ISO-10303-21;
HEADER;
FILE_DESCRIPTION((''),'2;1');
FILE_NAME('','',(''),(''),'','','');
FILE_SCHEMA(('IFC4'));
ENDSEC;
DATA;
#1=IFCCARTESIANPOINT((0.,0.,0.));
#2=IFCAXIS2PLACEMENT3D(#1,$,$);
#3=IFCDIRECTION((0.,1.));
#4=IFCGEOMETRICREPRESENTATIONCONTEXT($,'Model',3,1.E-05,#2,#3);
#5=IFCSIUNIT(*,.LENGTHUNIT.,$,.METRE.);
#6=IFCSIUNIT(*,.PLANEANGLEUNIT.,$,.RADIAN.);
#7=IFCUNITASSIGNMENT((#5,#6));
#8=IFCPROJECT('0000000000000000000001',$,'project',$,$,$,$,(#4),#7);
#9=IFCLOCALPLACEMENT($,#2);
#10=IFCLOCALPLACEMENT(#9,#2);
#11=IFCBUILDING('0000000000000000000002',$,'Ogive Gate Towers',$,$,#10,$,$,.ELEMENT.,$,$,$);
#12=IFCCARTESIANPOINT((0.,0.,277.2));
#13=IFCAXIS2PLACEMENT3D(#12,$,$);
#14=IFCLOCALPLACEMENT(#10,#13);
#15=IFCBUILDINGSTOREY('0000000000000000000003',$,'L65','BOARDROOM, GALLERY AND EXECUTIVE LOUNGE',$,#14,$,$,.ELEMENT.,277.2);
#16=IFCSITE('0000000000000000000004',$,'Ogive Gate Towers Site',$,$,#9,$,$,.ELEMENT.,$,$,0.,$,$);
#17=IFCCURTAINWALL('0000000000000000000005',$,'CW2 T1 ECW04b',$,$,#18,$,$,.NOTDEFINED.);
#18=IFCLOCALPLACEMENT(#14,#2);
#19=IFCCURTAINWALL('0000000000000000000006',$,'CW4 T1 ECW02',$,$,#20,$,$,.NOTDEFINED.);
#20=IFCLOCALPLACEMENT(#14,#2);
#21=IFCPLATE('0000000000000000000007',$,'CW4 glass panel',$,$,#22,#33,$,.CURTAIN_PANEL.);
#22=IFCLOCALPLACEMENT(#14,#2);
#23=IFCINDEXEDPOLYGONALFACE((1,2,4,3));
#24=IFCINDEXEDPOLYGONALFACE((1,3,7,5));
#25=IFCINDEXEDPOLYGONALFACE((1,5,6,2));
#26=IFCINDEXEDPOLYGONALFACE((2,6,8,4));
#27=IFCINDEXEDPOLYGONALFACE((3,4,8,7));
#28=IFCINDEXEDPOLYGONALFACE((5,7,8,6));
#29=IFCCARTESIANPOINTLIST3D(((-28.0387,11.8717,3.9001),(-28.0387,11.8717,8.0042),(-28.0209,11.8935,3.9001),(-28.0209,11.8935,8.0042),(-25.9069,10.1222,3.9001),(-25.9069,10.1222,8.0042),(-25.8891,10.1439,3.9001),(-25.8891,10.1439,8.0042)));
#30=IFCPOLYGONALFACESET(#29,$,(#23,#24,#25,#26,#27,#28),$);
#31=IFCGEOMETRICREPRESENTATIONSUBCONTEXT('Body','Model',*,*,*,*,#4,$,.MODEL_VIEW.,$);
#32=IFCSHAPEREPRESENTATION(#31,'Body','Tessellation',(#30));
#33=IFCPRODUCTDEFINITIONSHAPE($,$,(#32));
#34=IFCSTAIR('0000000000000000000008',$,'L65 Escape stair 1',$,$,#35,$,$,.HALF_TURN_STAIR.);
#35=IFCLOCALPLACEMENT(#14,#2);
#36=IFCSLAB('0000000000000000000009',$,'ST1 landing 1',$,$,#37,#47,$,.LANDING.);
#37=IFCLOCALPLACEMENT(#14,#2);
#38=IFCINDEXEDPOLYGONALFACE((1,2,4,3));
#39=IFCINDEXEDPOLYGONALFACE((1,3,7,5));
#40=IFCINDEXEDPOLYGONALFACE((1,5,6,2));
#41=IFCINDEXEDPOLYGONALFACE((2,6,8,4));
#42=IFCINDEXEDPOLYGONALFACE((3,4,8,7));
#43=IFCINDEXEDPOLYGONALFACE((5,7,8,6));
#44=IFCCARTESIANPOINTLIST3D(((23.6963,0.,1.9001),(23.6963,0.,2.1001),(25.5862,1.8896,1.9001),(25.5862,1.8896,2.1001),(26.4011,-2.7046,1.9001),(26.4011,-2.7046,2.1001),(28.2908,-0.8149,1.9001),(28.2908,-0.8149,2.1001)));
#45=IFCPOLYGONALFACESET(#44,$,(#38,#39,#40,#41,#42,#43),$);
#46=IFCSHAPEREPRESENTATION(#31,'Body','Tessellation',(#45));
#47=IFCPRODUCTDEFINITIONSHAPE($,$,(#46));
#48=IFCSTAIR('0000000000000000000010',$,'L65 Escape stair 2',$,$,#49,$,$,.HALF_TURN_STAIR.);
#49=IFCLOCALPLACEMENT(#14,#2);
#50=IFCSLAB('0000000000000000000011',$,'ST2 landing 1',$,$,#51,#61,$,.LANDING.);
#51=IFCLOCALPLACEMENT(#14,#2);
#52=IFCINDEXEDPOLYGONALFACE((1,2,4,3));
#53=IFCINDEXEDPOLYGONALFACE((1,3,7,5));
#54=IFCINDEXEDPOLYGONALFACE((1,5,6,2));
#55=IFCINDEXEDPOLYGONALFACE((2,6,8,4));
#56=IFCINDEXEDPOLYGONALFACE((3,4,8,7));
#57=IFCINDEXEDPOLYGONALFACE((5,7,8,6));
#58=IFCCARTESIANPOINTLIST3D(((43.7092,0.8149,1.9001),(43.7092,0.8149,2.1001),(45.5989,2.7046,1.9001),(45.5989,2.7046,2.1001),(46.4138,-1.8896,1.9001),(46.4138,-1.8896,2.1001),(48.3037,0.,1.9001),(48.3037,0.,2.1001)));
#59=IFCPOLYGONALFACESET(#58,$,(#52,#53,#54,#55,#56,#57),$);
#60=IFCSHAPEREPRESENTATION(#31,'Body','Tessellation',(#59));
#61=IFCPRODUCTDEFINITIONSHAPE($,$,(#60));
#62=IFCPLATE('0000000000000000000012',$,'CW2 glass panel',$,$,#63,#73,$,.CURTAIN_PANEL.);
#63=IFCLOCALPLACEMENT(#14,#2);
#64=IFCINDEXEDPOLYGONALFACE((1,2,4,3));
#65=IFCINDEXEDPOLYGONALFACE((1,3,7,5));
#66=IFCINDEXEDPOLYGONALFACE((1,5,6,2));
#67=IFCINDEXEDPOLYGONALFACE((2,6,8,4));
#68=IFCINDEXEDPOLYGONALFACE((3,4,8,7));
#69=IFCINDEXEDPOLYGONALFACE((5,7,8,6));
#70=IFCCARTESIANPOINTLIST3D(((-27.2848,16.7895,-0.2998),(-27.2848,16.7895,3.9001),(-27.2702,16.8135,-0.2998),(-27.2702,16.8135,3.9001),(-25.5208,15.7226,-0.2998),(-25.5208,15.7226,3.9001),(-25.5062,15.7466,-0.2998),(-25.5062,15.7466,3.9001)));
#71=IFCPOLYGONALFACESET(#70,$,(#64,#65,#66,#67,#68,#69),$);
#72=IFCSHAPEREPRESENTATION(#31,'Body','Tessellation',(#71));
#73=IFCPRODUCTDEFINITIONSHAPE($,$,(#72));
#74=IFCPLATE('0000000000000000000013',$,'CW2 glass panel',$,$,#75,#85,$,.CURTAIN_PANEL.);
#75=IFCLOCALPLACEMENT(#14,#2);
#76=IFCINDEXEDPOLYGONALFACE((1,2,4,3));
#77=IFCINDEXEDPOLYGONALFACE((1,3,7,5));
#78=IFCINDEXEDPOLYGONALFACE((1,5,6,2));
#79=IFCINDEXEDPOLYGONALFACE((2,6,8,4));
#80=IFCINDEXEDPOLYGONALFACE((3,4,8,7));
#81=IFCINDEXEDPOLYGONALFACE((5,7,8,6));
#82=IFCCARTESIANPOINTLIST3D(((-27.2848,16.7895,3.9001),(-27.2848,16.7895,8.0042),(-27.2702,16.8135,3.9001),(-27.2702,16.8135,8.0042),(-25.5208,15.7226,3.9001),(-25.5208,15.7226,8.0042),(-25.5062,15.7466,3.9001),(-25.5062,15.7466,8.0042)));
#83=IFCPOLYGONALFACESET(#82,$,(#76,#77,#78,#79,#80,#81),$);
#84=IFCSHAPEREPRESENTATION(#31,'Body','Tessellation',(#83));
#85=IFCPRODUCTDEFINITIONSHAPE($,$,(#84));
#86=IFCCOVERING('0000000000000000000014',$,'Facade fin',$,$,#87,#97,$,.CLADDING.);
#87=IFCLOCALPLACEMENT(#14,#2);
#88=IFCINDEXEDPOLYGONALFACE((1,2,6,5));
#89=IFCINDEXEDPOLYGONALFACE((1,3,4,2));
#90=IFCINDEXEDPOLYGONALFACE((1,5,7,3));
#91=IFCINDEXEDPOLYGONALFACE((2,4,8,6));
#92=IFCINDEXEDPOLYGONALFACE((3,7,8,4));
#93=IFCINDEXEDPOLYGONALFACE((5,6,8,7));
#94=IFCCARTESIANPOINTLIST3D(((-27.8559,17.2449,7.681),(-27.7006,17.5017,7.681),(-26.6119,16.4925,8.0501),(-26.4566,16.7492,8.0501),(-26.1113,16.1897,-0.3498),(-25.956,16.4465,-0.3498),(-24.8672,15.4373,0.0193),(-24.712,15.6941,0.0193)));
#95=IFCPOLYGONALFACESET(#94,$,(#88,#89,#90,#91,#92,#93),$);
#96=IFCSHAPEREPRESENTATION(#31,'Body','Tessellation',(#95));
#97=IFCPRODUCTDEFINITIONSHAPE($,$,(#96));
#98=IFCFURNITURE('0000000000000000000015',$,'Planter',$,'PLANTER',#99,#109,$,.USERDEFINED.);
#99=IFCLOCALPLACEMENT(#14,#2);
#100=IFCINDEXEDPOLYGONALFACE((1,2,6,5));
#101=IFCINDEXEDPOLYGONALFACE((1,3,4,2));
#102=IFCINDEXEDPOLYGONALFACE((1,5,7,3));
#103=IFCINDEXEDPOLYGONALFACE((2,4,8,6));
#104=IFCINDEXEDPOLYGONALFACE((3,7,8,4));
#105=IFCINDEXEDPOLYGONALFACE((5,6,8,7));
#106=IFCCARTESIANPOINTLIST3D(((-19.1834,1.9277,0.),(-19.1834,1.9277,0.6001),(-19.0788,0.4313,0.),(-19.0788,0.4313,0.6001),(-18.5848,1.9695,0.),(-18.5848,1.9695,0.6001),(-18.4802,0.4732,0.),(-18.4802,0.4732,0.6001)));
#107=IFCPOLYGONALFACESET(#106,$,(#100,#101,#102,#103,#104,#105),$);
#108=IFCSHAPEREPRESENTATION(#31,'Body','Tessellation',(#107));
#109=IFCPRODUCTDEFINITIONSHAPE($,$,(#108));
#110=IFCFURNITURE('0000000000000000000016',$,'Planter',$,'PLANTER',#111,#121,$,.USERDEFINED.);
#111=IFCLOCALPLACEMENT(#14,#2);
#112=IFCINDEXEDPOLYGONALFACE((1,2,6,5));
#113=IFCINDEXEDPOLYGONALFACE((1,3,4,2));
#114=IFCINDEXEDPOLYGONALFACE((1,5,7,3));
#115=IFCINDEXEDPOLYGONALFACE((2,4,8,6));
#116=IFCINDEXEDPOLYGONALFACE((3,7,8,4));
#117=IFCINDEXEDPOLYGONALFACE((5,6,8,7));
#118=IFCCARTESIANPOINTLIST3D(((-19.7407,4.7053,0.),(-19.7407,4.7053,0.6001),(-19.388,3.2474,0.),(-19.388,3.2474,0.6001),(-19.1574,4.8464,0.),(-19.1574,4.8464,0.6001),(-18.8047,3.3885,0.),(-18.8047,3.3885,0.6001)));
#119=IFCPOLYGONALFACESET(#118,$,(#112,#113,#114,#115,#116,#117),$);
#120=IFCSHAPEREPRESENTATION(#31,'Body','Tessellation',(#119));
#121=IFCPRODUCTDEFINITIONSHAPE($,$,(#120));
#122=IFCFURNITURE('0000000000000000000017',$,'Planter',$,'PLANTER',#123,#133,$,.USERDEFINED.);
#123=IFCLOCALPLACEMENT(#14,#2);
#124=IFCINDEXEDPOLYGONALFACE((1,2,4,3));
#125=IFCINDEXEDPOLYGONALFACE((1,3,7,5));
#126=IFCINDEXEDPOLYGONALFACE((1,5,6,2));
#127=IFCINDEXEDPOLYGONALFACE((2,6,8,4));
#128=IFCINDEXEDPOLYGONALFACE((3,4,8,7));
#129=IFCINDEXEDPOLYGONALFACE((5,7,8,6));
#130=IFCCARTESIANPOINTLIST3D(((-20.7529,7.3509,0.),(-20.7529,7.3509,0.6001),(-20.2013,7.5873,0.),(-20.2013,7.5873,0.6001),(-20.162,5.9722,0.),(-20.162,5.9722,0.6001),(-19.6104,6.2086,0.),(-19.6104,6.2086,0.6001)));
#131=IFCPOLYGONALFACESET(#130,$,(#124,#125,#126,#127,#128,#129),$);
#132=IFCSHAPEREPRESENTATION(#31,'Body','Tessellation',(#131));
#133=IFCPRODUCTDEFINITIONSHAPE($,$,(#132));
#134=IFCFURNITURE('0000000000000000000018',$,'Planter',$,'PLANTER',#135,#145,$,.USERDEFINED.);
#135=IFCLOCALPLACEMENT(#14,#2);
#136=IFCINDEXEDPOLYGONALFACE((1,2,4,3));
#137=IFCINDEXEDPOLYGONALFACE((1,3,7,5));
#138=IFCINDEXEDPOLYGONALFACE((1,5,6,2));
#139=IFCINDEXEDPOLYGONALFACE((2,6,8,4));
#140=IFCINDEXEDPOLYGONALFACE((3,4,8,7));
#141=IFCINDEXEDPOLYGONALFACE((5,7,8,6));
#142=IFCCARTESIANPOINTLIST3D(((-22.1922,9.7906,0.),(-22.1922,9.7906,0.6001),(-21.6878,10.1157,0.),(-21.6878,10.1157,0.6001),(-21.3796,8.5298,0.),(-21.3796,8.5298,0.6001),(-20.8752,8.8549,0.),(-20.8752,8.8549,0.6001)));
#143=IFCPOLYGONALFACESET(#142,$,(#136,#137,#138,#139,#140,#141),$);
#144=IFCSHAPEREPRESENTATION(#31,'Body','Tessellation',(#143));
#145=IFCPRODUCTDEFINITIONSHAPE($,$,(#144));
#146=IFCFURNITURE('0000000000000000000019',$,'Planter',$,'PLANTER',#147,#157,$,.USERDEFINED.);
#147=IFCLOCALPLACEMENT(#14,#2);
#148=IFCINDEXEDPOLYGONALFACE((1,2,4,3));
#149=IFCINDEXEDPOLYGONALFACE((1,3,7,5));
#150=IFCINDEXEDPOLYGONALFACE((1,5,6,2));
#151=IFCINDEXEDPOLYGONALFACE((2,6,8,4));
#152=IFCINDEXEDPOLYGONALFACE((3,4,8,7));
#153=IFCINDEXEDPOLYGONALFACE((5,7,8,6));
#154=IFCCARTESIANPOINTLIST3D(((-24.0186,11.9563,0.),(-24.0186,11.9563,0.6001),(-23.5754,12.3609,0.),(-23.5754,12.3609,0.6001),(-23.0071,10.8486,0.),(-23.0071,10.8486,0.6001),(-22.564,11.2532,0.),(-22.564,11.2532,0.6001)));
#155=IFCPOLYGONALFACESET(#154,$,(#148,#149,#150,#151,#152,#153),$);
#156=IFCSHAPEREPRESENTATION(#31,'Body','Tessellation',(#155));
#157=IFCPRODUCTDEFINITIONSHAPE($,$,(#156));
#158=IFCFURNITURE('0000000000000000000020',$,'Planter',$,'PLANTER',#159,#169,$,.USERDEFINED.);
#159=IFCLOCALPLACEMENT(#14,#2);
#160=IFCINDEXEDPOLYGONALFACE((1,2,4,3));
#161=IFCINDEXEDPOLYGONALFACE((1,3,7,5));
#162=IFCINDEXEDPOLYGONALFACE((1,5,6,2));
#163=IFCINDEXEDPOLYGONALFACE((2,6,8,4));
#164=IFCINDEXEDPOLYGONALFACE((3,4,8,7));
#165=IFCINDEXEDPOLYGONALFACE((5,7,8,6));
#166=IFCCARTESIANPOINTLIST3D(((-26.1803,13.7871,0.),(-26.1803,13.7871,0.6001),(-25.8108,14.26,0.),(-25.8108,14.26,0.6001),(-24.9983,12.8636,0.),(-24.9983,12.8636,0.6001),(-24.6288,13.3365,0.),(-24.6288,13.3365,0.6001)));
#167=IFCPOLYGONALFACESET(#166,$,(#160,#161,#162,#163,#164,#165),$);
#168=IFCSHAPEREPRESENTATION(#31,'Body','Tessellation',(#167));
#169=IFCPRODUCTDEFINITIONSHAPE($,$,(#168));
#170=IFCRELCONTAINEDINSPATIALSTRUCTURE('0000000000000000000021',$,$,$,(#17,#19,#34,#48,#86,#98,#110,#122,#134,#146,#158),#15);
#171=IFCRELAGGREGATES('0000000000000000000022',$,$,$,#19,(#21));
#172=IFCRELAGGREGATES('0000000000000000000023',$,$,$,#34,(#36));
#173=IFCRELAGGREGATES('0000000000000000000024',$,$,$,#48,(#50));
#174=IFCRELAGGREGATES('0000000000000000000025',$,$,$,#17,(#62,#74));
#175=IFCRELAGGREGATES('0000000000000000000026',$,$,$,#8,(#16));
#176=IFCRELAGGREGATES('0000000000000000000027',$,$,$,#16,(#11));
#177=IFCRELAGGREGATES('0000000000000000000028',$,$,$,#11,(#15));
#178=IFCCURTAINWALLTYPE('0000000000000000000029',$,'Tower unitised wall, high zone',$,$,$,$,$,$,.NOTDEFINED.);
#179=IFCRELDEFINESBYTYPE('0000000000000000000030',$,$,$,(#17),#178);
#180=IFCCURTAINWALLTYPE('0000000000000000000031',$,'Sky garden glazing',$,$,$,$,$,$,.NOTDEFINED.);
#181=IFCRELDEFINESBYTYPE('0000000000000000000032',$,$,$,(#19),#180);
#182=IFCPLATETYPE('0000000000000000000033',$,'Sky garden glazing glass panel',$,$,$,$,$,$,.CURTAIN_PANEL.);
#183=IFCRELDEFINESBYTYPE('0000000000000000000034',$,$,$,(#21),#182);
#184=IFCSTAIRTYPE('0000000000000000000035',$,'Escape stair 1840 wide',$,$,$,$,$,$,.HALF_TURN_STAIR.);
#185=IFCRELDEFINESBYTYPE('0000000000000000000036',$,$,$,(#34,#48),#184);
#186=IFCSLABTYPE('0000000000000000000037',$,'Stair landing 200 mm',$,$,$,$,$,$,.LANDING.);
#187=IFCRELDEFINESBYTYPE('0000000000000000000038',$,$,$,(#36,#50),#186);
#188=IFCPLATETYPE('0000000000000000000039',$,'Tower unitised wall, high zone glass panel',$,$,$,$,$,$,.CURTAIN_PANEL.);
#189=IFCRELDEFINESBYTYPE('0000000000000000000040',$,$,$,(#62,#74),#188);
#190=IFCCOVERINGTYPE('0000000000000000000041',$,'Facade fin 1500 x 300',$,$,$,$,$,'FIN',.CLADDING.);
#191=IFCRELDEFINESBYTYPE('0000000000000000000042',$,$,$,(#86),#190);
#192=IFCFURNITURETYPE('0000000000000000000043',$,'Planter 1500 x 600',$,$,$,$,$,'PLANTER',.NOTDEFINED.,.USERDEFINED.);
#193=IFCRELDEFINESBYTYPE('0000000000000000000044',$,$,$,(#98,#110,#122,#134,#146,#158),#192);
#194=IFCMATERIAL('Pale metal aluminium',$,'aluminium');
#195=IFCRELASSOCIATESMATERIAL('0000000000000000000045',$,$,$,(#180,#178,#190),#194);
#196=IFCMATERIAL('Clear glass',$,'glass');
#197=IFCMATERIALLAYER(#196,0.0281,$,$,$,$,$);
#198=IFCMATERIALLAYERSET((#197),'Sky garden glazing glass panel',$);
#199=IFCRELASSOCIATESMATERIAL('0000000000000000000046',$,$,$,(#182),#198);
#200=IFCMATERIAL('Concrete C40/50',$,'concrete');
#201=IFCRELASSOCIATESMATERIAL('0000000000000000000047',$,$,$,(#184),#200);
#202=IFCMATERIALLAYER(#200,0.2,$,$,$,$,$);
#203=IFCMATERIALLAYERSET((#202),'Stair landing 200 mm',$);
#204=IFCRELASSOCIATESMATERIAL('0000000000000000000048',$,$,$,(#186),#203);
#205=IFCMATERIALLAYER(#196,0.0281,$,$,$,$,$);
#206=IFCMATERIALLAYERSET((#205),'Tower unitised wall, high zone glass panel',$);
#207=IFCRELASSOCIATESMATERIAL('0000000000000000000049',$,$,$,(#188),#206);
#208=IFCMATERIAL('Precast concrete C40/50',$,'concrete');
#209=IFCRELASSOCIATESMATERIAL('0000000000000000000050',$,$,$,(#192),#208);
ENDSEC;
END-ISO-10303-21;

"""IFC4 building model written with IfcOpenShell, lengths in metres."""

from ifc_helpers import new_model, si_unit, direction, frame, origin, origin_2d, place, context, subcontext, project, spatial, polyline, rectangle, outline, extrude, material, layer, layer_set, material_profile, profile_set, type_object, element, aggregate, save


model = new_model("IFC4")

# Units and contexts
model_context = context("Model", 3, precision=1e-05, world=origin(), true_north=direction((0.0, 1.0)))
body_context = subcontext(model_context, "Body", "Model", "MODEL_VIEW")
ifc_project = project(units=[si_unit("LENGTHUNIT", "METRE"), si_unit("PLANEANGLEUNIT", "RADIAN")], contexts=[model_context])

# Site, building, storey
site_placement = place(None, origin())
site = spatial("IfcSite", under=ifc_project, at=site_placement, Name="Ogive Gate Towers Site", CompositionType="ELEMENT", RefElevation=0.0)
building_placement = place(site_placement, origin())
building = spatial("IfcBuilding", under=site, at=building_placement, Name="Ogive Gate Towers", CompositionType="ELEMENT")
storey_placement = place(building_placement, frame((0.0, 0.0, 277.2)))
storey = spatial("IfcBuildingStorey", under=building, at=storey_placement, Name="L65", Description="BOARDROOM, GALLERY AND EXECUTIVE LOUNGE", CompositionType="ELEMENT", Elevation=277.2)

# Shared definitions
ifc_material_1 = material(Name="Pale metal aluminium", Category="aluminium")
curtain_wall_type_1 = type_object("IfcCurtainWallType", Name="Sky garden glazing", PredefinedType="NOTDEFINED", material=ifc_material_1)

# Shared definitions
curtain_wall_type_2 = type_object("IfcCurtainWallType", Name="Tower unitised wall, high zone", PredefinedType="NOTDEFINED", material=ifc_material_1)

# Curtain wall
curtain_wall_1_placement = place(storey_placement, origin())
curtain_wall_1 = element("IfcCurtainWall", 1, at=curtain_wall_1_placement, inside=storey, type_object=curtain_wall_type_2, Name="CW2 T1 ECW04b", PredefinedType="NOTDEFINED")

# Shared definitions
ifc_material_2 = material(Name="Clear glass", Category="glass")
ifc_layer_1 = layer(ifc_material_2, 0.0281)
ifc_layer_set_1 = layer_set([ifc_layer_1], Name="Sky garden glazing glass panel")
plate_type_1 = type_object("IfcPlateType", Name="Sky garden glazing glass panel", PredefinedType="CURTAIN_PANEL", material=ifc_layer_set_1)

# Curtain wall, plate
curtain_wall_2_placement = place(storey_placement, origin())
curtain_wall_2 = element("IfcCurtainWall", 2, at=curtain_wall_2_placement, inside=storey, type_object=curtain_wall_type_1, Name="CW4 T1 ECW02", PredefinedType="NOTDEFINED")
plate_1_placement = place(storey_placement, frame((-26.9639, 11.0078, 3.9001), z_axis=(0.0, 0.0, 1.0), x_axis=(0.772999, -0.634407, 0.0)))
plate_1 = element("IfcPlate", 3, at=plate_1_placement, type_object=plate_type_1, Name="CW4 glass panel", PredefinedType="CURTAIN_PANEL", context=body_context, shape_type="SweptSolid", body=[
    extrude(rectangle(XDim=2.7578, YDim=0.0281, at=origin_2d()), origin(), (0.0, 0.0, 1.0), 4.104),
])
aggregate(curtain_wall_2, [plate_1])

# Stairs, slabs
ifc_material_3 = material(Name="Concrete C40/50", Category="concrete")
stair_type = type_object("IfcStairType", Name="Escape stair 1840 wide", PredefinedType="HALF_TURN_STAIR", material=ifc_material_3)
stair_1_placement = place(storey_placement, origin())
stair_1 = element("IfcStair", 4, at=stair_1_placement, inside=storey, type_object=stair_type, Name="L65 Escape stair 1", PredefinedType="HALF_TURN_STAIR")
ifc_layer_2 = layer(ifc_material_3, 0.2)
ifc_layer_set_2 = layer_set([ifc_layer_2], Name="Stair landing 200 mm")
slab_type = type_object("IfcSlabType", Name="Stair landing 200 mm", PredefinedType="LANDING", material=ifc_layer_set_2)
slab_1_placement = place(storey_placement, frame((0.0, 0.0, 1.9001)))
slab_1 = element("IfcSlab", 5, at=slab_1_placement, type_object=slab_type, Name="ST1 landing 1", PredefinedType="LANDING", context=body_context, shape_type="SweptSolid", body=[
    extrude(outline(polyline([(25.5862, 1.8896), (23.6963, 0.0), (26.4011, -2.7046), (28.2908, -0.8149), (25.5862, 1.8896)])), origin(), (0.0, 0.0, 1.0), 0.2),
])
aggregate(stair_1, [slab_1])
stair_2_placement = place(storey_placement, origin())
stair_2 = element("IfcStair", 6, at=stair_2_placement, inside=storey, type_object=stair_type, Name="L65 Escape stair 2", PredefinedType="HALF_TURN_STAIR")
slab_2_placement = place(storey_placement, frame((0.0, 0.0, 1.9001)))
slab_2 = element("IfcSlab", 7, at=slab_2_placement, type_object=slab_type, Name="ST2 landing 1", PredefinedType="LANDING", context=body_context, shape_type="SweptSolid", body=[
    extrude(outline(polyline([(46.4138, -1.8896), (48.3037, 0.0), (45.5989, 2.7046), (43.7092, 0.8149), (46.4138, -1.8896)])), origin(), (0.0, 0.0, 1.0), 0.2),
])
aggregate(stair_2, [slab_2])

# Plates
ifc_layer_3 = layer(ifc_material_2, 0.0281)
ifc_layer_set_3 = layer_set([ifc_layer_3], Name="Tower unitised wall, high zone glass panel")
plate_type_2 = type_object("IfcPlateType", Name="Tower unitised wall, high zone glass panel", PredefinedType="CURTAIN_PANEL", material=ifc_layer_set_3)
plate_2_placement = place(storey_placement, frame((-26.3955, 16.2681, -0.2998), z_axis=(0.0, 0.0, 1.0), x_axis=(-0.855672, 0.517519, 0.0)))
plate_2 = element("IfcPlate", 8, at=plate_2_placement, type_object=plate_type_2, Name="CW2 glass panel", PredefinedType="CURTAIN_PANEL", context=body_context, shape_type="SweptSolid", body=[
    extrude(rectangle(XDim=2.0615, YDim=0.0281, at=origin_2d()), origin(), (0.0, 0.0, 1.0), 4.2),
])
plate_3_placement = place(storey_placement, frame((-26.3955, 16.2681, 3.9001), z_axis=(0.0, 0.0, 1.0), x_axis=(-0.855672, 0.517519, 0.0)))
plate_3 = element("IfcPlate", 9, at=plate_3_placement, type_object=plate_type_2, Name="CW2 glass panel", PredefinedType="CURTAIN_PANEL", context=body_context, shape_type="SweptSolid", body=[
    extrude(rectangle(XDim=2.0615, YDim=0.0281, at=origin_2d()), origin(), (0.0, 0.0, 1.0), 4.104),
])
aggregate(curtain_wall_1, [plate_2, plate_3])

# Covering
ifc_material_profile_1 = material_profile(ifc_material_1, rectangle(XDim=0.3, YDim=1.5, at=origin_2d()), Name="1500 x 300 pale metal aluminium")
ifc_profile_set_1 = profile_set([ifc_material_profile_1], Name="Pale metal aluminium")
covering_type = type_object("IfcCoveringType", Name="Facade fin 1500 x 300", ElementType="FIN", PredefinedType="CLADDING", material=ifc_profile_set_1)
covering_placement = place(storey_placement, frame((-25.4116, 15.9419, -0.1653), z_axis=(-0.210563, 0.127351, 0.96925), x_axis=(-0.517521, -0.85567, 0.0)))
element("IfcCovering", 10, at=covering_placement, inside=storey, type_object=covering_type, Name="Facade fin", PredefinedType="CLADDING", context=body_context, shape_type="SweptSolid", body=[
    extrude(rectangle(XDim=0.3, YDim=1.5, at=origin_2d()), origin(), (0.0, 0.0, 1.0), 8.2856),
])

# Furniture
ifc_material_4 = material(Name="Precast concrete C40/50", Category="concrete")
furniture_type = type_object("IfcFurnitureType", Name="Planter 1500 x 600", ElementType="PLANTER", AssemblyPlace="NOTDEFINED", PredefinedType="USERDEFINED", material=ifc_material_4)
for number, where, z_axis, x_axis, name in (
    (11, (-18.8318, 1.2004, 0.0), (0.0, 0.0, 1.0), (-0.069756, 0.997564, 0.0), "Planter"),
    (12, (-19.2727, 4.0469, 0.0), (0.0, 0.0, 1.0), (-0.235142, 0.971961, 0.0), "Planter"),
    (13, (-20.1816, 6.7798, 0.0), (0.0, 0.0, 1.0), (-0.393942, 0.919135, 0.0), "Planter"),
    (14, (-21.5337, 9.3228, 0.0), (0.0, 0.0, 1.0), (-0.541708, 0.840567, 0.0), "Planter"),
    (15, (-23.2913, 11.6047, 0.0), (0.0, 0.0, 1.0), (-0.674302, 0.738455, 0.0), "Planter"),
    (16, (-25.4045, 13.5618, 0.0), (0.0, 0.0, 1.0), (-0.788011, 0.615661, 0.0), "Planter"),
):
    element("IfcFurniture", number, at=place(storey_placement, frame(where, z_axis=z_axis, x_axis=x_axis)), inside=storey, type_object=furniture_type, Name=name, ObjectType="PLANTER", PredefinedType="USERDEFINED", context=body_context, shape_type="SweptSolid", body=[
        extrude(rectangle(XDim=1.5, YDim=0.6001, at=origin_2d()), origin(), (0.0, 0.0, 1.0), 0.6001),
    ])

save(model, "model.ifc")
